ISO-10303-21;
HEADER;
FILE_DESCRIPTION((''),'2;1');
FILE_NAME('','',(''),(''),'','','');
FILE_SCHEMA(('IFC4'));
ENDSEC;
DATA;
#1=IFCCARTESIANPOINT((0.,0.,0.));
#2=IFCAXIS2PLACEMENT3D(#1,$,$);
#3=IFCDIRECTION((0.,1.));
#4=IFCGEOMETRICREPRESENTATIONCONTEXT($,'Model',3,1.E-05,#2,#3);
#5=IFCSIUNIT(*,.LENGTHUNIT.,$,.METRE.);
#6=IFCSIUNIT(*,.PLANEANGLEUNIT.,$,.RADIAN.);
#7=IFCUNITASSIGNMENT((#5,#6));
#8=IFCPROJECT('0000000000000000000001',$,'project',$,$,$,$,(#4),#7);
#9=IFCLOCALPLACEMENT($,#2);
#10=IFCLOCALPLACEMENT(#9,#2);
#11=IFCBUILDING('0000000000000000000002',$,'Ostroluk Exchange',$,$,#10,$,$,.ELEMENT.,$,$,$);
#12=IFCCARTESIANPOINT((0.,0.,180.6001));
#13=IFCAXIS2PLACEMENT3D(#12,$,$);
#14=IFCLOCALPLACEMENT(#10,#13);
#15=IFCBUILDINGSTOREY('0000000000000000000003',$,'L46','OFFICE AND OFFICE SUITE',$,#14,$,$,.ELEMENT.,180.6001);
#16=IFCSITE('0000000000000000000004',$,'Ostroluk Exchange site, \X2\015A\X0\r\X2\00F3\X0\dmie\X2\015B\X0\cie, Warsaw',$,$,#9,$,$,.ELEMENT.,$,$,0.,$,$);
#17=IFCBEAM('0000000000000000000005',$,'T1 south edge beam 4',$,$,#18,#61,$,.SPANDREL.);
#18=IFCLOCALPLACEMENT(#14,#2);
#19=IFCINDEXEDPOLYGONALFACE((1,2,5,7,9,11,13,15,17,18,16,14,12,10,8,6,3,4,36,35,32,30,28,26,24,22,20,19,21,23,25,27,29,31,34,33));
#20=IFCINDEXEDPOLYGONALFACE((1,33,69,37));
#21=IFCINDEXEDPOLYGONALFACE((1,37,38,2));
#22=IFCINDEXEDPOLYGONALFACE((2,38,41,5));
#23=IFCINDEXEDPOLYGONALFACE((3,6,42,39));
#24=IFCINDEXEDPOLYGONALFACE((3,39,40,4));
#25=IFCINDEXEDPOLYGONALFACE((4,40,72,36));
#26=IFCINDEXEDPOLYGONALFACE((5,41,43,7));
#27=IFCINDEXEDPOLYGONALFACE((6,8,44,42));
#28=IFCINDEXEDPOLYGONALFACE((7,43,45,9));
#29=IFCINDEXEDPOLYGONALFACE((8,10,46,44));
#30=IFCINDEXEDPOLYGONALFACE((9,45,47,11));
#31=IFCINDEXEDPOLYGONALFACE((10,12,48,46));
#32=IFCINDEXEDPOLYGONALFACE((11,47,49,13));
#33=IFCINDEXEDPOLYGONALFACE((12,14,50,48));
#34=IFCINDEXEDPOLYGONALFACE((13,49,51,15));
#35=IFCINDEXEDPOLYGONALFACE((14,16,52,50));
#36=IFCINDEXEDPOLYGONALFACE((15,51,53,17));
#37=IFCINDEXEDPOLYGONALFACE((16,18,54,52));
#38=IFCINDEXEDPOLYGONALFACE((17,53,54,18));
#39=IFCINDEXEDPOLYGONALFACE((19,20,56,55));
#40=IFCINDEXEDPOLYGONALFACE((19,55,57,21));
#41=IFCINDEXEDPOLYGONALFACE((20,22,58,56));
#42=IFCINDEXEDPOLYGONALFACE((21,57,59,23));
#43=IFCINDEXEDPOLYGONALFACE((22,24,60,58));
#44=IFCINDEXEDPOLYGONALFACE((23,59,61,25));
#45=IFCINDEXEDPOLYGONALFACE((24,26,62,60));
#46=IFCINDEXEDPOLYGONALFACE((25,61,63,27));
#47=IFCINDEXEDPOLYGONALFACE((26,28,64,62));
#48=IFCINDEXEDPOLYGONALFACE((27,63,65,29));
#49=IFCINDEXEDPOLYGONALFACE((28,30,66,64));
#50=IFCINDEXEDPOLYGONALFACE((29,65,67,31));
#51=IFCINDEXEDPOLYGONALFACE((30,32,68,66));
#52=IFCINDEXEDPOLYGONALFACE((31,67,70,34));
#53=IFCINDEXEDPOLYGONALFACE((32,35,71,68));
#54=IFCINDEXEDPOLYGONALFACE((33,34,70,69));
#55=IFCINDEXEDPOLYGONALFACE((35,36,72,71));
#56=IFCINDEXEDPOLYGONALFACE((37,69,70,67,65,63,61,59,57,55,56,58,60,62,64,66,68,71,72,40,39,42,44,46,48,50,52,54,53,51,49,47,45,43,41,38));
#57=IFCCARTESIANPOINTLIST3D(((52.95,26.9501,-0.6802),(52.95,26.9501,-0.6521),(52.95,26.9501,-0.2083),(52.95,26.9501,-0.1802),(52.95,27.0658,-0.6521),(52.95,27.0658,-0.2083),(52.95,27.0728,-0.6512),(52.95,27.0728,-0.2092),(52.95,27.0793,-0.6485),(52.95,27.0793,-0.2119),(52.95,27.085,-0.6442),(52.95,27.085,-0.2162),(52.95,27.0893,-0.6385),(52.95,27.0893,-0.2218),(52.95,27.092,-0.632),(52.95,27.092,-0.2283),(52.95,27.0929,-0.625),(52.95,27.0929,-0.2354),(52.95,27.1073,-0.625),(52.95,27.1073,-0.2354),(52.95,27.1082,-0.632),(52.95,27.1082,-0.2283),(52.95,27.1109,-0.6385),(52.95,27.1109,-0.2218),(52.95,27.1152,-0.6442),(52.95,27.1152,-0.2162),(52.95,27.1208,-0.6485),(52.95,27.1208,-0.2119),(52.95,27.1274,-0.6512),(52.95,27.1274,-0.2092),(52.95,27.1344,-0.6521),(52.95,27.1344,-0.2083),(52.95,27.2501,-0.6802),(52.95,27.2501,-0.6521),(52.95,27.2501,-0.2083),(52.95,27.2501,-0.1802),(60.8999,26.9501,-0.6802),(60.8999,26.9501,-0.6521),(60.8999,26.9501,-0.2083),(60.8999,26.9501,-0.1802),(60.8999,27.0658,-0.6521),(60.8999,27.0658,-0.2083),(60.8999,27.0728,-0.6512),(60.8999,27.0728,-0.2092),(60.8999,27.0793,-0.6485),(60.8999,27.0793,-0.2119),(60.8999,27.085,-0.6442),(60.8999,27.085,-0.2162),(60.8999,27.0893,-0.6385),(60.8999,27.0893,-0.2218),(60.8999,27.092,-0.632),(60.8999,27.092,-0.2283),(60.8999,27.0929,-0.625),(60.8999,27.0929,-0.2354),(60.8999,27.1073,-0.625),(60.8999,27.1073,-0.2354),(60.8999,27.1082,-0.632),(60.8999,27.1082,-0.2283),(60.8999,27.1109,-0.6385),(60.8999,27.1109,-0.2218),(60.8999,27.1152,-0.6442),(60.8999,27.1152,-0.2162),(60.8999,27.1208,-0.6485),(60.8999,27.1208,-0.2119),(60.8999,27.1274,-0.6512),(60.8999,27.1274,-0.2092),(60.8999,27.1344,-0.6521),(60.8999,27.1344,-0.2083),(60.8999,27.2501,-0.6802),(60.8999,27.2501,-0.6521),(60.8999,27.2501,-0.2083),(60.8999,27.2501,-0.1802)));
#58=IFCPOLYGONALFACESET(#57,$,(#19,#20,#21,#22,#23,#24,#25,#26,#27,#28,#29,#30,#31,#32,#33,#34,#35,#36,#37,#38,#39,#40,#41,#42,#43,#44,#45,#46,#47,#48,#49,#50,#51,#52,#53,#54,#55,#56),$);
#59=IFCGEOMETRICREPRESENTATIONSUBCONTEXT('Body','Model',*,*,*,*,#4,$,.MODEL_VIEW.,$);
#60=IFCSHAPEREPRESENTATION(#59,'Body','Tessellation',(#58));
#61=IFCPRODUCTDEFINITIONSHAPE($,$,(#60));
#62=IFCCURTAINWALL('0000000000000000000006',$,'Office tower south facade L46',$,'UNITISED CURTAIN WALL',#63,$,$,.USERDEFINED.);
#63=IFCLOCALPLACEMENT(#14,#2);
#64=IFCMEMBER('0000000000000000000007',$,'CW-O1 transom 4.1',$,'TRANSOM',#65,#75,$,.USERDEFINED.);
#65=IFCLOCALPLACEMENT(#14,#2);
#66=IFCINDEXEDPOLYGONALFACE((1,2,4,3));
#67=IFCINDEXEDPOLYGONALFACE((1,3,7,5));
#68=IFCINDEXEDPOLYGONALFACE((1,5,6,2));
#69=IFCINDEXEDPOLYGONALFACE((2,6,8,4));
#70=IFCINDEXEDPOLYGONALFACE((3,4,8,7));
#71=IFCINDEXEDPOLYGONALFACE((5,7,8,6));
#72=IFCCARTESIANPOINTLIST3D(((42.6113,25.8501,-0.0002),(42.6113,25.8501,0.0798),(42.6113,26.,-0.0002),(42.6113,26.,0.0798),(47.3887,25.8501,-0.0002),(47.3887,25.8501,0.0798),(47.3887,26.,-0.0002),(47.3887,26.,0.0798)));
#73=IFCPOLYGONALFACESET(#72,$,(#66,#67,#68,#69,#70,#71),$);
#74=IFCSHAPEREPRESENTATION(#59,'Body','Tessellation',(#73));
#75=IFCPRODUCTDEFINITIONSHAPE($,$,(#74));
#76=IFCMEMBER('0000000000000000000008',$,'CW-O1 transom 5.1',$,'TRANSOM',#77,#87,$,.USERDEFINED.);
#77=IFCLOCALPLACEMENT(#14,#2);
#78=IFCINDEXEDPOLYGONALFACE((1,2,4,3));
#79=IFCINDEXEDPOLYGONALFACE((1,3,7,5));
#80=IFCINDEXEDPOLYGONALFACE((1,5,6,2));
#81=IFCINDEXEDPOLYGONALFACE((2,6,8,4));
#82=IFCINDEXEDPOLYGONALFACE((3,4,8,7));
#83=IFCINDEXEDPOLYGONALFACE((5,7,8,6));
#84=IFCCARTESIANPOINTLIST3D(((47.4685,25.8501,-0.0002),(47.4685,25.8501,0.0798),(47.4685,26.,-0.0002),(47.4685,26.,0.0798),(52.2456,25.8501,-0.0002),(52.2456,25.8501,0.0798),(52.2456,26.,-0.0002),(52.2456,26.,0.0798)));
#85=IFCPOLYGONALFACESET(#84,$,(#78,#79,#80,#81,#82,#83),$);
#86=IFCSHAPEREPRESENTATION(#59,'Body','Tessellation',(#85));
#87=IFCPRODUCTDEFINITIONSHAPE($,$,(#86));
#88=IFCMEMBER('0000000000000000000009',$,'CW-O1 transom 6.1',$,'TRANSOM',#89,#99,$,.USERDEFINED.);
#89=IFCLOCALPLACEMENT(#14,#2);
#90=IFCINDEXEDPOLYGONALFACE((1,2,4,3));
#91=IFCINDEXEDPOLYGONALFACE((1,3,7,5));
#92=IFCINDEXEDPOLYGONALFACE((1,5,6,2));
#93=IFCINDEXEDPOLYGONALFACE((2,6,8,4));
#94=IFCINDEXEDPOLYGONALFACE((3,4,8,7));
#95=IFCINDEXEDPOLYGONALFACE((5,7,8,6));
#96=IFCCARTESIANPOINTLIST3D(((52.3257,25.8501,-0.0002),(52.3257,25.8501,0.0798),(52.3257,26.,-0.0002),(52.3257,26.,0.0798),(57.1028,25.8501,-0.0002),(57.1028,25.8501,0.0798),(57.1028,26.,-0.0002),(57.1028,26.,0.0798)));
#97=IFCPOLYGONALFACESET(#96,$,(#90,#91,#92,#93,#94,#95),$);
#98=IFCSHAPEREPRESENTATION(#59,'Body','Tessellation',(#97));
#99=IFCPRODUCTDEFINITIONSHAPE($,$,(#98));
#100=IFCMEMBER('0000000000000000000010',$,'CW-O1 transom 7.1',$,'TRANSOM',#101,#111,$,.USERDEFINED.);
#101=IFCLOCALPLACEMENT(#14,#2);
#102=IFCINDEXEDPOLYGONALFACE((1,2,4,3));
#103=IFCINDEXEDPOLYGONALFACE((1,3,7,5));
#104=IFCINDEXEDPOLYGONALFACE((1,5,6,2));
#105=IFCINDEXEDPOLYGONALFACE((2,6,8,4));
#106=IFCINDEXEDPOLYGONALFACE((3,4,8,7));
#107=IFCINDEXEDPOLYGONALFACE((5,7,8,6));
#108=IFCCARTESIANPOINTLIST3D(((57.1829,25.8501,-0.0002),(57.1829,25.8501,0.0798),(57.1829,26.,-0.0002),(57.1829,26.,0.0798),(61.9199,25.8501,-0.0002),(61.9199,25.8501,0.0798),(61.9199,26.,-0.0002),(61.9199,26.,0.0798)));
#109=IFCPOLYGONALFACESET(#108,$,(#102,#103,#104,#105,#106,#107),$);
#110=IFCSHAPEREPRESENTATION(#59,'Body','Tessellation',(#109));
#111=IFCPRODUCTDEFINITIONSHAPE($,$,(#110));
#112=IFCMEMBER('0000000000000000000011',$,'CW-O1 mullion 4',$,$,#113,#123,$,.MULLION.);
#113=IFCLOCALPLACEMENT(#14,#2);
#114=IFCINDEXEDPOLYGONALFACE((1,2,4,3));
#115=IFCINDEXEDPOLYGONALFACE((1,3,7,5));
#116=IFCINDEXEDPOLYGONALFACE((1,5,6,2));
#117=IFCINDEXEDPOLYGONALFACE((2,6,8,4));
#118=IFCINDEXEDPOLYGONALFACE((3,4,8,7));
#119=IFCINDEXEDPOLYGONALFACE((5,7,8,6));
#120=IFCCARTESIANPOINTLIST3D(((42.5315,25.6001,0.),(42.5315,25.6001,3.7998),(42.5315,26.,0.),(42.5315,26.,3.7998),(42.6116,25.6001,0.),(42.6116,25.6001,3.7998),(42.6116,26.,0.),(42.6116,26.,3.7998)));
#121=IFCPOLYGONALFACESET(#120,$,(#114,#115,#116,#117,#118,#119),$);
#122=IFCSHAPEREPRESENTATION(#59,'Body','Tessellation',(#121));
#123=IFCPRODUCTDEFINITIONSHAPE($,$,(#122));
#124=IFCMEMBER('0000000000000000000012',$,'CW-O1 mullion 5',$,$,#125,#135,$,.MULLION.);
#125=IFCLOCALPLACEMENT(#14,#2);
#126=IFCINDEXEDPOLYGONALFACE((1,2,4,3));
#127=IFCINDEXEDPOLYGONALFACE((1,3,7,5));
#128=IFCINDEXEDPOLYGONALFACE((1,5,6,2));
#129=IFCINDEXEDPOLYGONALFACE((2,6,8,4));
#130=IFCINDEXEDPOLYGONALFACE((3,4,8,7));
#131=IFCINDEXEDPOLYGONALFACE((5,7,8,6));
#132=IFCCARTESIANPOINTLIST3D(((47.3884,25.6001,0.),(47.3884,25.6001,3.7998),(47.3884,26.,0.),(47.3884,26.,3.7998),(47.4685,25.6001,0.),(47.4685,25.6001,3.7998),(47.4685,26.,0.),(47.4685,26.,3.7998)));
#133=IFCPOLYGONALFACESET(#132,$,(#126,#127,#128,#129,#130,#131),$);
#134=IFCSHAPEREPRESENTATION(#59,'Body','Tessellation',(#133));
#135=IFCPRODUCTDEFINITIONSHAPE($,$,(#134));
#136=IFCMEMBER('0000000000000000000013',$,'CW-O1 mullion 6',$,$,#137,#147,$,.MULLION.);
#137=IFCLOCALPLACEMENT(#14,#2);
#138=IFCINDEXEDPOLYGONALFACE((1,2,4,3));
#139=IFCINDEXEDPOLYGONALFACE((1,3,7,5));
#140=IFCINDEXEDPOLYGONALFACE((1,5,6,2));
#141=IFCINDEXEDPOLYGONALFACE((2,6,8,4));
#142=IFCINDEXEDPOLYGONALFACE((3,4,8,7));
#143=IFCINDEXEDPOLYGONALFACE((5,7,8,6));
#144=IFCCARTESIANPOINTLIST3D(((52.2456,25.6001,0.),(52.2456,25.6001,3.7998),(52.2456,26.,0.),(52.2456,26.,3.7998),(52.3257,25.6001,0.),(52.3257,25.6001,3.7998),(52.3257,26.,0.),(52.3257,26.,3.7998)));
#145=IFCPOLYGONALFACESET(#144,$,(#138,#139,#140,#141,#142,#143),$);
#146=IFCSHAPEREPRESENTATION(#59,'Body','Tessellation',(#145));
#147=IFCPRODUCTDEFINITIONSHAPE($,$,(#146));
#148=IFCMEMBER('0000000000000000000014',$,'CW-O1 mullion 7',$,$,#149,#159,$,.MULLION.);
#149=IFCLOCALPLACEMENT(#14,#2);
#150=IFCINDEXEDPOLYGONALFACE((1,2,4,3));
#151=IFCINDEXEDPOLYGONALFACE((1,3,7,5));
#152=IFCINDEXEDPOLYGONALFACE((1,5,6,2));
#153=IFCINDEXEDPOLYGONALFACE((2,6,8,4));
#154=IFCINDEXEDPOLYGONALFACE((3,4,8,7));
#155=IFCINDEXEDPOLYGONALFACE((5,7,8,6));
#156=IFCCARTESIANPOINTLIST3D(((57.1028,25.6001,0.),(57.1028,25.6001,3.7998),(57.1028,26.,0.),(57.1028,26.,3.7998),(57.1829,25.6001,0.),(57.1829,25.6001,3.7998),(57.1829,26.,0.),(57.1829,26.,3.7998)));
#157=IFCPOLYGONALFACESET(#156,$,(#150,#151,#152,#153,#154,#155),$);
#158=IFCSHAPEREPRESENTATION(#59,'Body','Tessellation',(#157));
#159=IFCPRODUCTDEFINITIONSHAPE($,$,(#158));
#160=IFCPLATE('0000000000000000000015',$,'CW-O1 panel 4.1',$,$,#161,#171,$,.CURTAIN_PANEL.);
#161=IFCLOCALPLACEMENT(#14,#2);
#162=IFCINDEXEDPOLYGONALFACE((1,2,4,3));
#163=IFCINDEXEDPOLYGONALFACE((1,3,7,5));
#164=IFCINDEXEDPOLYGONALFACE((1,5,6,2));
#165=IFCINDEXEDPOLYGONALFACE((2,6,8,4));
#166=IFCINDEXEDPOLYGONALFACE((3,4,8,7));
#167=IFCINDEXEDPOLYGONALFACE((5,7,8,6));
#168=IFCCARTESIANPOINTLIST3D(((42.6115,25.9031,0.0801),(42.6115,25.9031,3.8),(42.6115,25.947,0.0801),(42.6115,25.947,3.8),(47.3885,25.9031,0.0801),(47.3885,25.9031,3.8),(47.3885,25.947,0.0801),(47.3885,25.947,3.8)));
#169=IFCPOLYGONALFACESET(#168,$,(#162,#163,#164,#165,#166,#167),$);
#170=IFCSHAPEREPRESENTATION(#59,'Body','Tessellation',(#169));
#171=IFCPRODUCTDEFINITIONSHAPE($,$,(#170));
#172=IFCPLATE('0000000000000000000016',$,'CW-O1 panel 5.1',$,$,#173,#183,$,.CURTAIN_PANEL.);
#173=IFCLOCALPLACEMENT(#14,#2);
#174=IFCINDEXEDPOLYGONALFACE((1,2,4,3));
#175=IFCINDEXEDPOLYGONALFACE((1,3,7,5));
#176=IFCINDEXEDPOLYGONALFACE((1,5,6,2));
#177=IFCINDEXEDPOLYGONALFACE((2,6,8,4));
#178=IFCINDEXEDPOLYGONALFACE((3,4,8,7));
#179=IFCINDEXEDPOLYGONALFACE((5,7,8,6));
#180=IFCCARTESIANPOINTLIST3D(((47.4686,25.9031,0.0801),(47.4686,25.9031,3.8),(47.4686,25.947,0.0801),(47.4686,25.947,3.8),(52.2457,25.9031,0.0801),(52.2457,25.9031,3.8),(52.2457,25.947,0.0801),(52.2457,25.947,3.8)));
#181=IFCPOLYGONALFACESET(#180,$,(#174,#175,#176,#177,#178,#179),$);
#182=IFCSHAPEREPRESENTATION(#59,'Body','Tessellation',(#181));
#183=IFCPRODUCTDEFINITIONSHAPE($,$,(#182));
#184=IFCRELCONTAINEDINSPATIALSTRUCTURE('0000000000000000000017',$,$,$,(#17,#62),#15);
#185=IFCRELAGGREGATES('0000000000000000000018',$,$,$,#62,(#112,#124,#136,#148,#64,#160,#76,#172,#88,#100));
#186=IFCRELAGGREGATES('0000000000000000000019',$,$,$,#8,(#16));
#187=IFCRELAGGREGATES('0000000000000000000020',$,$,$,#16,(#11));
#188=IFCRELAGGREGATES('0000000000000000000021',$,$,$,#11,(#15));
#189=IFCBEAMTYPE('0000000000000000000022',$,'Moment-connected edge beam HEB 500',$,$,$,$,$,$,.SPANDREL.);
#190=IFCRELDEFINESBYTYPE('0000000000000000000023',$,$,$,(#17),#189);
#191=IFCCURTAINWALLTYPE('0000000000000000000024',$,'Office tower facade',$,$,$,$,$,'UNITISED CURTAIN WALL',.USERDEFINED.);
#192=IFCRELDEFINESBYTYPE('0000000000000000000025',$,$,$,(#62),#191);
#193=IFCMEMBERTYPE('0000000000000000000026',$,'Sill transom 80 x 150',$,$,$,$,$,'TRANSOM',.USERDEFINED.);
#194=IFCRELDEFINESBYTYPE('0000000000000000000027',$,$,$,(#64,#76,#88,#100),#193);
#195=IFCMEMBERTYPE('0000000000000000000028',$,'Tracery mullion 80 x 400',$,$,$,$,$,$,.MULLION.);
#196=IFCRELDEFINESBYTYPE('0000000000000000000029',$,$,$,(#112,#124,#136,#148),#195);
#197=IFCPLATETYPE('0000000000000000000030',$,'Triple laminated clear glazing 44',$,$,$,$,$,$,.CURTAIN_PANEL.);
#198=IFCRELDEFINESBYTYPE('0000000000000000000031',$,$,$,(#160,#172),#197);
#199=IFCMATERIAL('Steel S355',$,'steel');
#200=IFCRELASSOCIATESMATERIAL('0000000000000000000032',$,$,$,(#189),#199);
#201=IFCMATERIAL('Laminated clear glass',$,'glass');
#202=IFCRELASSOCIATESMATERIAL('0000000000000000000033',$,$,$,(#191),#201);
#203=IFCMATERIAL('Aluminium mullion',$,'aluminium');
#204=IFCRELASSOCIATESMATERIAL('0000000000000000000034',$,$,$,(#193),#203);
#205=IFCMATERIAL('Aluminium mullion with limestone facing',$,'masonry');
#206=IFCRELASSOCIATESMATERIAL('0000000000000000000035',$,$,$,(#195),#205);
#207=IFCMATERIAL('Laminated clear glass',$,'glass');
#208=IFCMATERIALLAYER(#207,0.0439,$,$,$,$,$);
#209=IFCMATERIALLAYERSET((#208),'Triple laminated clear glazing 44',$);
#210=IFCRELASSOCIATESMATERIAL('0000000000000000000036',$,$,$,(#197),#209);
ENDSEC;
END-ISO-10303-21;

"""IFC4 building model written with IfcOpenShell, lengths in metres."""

from ifc_helpers import new_model, si_unit, direction, frame, origin, origin_2d, place, context, subcontext, project, spatial, rectangle, i_section, extrude, material, layer, layer_set, material_profile, profile_set, type_object, element, aggregate, save


model = new_model("IFC4")

# Units and contexts
model_context = context("Model", 3, precision=1e-05, world=origin(), true_north=direction((0.0, 1.0)))
body_context = subcontext(model_context, "Body", "Model", "MODEL_VIEW")
ifc_project = project(units=[si_unit("LENGTHUNIT", "METRE"), si_unit("PLANEANGLEUNIT", "RADIAN")], contexts=[model_context])

# Site, building, storey
site_placement = place(None, origin())
site = spatial("IfcSite", under=ifc_project, at=site_placement, Name="Ostroluk Exchange site, Śródmieście, Warsaw", CompositionType="ELEMENT", RefElevation=0.0)
building_placement = place(site_placement, origin())
building = spatial("IfcBuilding", under=site, at=building_placement, Name="Ostroluk Exchange", CompositionType="ELEMENT")
storey_placement = place(building_placement, frame((0.0, 0.0, 180.6001)))
storey = spatial("IfcBuildingStorey", under=building, at=storey_placement, Name="L46", Description="OFFICE AND OFFICE SUITE", CompositionType="ELEMENT", Elevation=180.6001)

# Beam
ifc_material_1 = material(Name="Steel S355", Category="steel")
ifc_material_profile_1 = material_profile(ifc_material_1, i_section(OverallWidth=0.3, OverallDepth=0.5, WebThickness=0.0144, FlangeThickness=0.0281, FilletRadius=0.0271, at=origin_2d()), Name="HEB 500")
ifc_profile_set_1 = profile_set([ifc_material_profile_1], Name="Steel S355")
beam_type = type_object("IfcBeamType", Name="Moment-connected edge beam HEB 500", PredefinedType="SPANDREL", material=ifc_profile_set_1)
for number, where, z_axis, x_axis, name in (
    (1, (52.95, 27.1001, -0.4302), (1.0, 0.0, 0.0), (0.0, 1.0, 0.0), "T1 south edge beam 4"),
):
    element("IfcBeam", number, at=place(storey_placement, frame(where, z_axis=z_axis, x_axis=x_axis)), inside=storey, type_object=beam_type, Name=name, PredefinedType="SPANDREL", context=body_context, shape_type="SweptSolid", body=[
        extrude(i_section(OverallWidth=0.3, OverallDepth=0.5, WebThickness=0.0144, FlangeThickness=0.0281, FilletRadius=0.0271, at=origin_2d()), origin(), (0.0, 0.0, 1.0), 7.95),
    ])

# Curtain wall, members, plates
ifc_material_2 = material(Name="Laminated clear glass", Category="glass")
curtain_wall_type = type_object("IfcCurtainWallType", Name="Office tower facade", ElementType="UNITISED CURTAIN WALL", PredefinedType="USERDEFINED", material=ifc_material_2)
curtain_wall_placement = place(storey_placement, origin())
curtain_wall = element("IfcCurtainWall", 2, at=curtain_wall_placement, inside=storey, type_object=curtain_wall_type, Name="Office tower south facade L46", ObjectType="UNITISED CURTAIN WALL", PredefinedType="USERDEFINED")
ifc_material_3 = material(Name="Aluminium mullion", Category="aluminium")
ifc_material_profile_2 = material_profile(ifc_material_3, rectangle(XDim=0.1499, YDim=0.0801, at=origin_2d()), Name="Sill transom 80 x 150")
ifc_profile_set_2 = profile_set([ifc_material_profile_2], Name="Aluminium mullion")
member_type_1 = type_object("IfcMemberType", Name="Sill transom 80 x 150", ElementType="TRANSOM", PredefinedType="USERDEFINED", material=ifc_profile_set_2)
member_1_placement = place(storey_placement, frame((42.6113, 25.925, 0.0398), z_axis=(1.0, 0.0, 0.0), x_axis=(0.0, 1.0, 0.0)))
member_1 = element("IfcMember", 3, at=member_1_placement, type_object=member_type_1, Name="CW-O1 transom 4.1", ObjectType="TRANSOM", PredefinedType="USERDEFINED", context=body_context, shape_type="SweptSolid", body=[
    extrude(rectangle(XDim=0.1499, YDim=0.0801, at=origin_2d()), origin(), (0.0, 0.0, 1.0), 4.7773),
])
member_2_placement = place(storey_placement, frame((47.4685, 25.925, 0.0398), z_axis=(1.0, 0.0, 0.0), x_axis=(0.0, 1.0, 0.0)))
member_2 = element("IfcMember", 4, at=member_2_placement, type_object=member_type_1, Name="CW-O1 transom 5.1", ObjectType="TRANSOM", PredefinedType="USERDEFINED", context=body_context, shape_type="SweptSolid", body=[
    extrude(rectangle(XDim=0.1499, YDim=0.0801, at=origin_2d()), origin(), (0.0, 0.0, 1.0), 4.7771),
])
member_3_placement = place(storey_placement, frame((52.3257, 25.925, 0.0398), z_axis=(1.0, 0.0, 0.0), x_axis=(0.0, 1.0, 0.0)))
member_3 = element("IfcMember", 5, at=member_3_placement, type_object=member_type_1, Name="CW-O1 transom 6.1", ObjectType="TRANSOM", PredefinedType="USERDEFINED", context=body_context, shape_type="SweptSolid", body=[
    extrude(rectangle(XDim=0.1499, YDim=0.0801, at=origin_2d()), origin(), (0.0, 0.0, 1.0), 4.7771),
])
member_4_placement = place(storey_placement, frame((57.1829, 25.925, 0.0398), z_axis=(1.0, 0.0, 0.0), x_axis=(0.0, 1.0, 0.0)))
member_4 = element("IfcMember", 6, at=member_4_placement, type_object=member_type_1, Name="CW-O1 transom 7.1", ObjectType="TRANSOM", PredefinedType="USERDEFINED", context=body_context, shape_type="SweptSolid", body=[
    extrude(rectangle(XDim=0.1499, YDim=0.0801, at=origin_2d()), origin(), (0.0, 0.0, 1.0), 4.7371),
])
ifc_material_4 = material(Name="Aluminium mullion with limestone facing", Category="masonry")
ifc_material_profile_3 = material_profile(ifc_material_4, rectangle(XDim=0.3999, YDim=0.0801, at=origin_2d()), Name="Tracery mullion 80 x 400")
ifc_profile_set_3 = profile_set([ifc_material_profile_3], Name="Aluminium mullion with limestone facing")
member_type_2 = type_object("IfcMemberType", Name="Tracery mullion 80 x 400", PredefinedType="MULLION", material=ifc_profile_set_3)
member_5_placement = place(storey_placement, frame((42.5715, 25.8, 0.0), z_axis=(0.0, 0.0, 1.0), x_axis=(0.0, 1.0, 0.0)))
member_5 = element("IfcMember", 7, at=member_5_placement, type_object=member_type_2, Name="CW-O1 mullion 4", PredefinedType="MULLION", context=body_context, shape_type="SweptSolid", body=[
    extrude(rectangle(XDim=0.3999, YDim=0.0801, at=origin_2d()), origin(), (0.0, 0.0, 1.0), 3.7998),
])
member_6_placement = place(storey_placement, frame((47.4285, 25.8, 0.0), z_axis=(0.0, 0.0, 1.0), x_axis=(0.0, 1.0, 0.0)))
member_6 = element("IfcMember", 8, at=member_6_placement, type_object=member_type_2, Name="CW-O1 mullion 5", PredefinedType="MULLION", context=body_context, shape_type="SweptSolid", body=[
    extrude(rectangle(XDim=0.3999, YDim=0.0801, at=origin_2d()), origin(), (0.0, 0.0, 1.0), 3.7998),
])
member_7_placement = place(storey_placement, frame((52.2856, 25.8, 0.0), z_axis=(0.0, 0.0, 1.0), x_axis=(0.0, 1.0, 0.0)))
member_7 = element("IfcMember", 9, at=member_7_placement, type_object=member_type_2, Name="CW-O1 mullion 6", PredefinedType="MULLION", context=body_context, shape_type="SweptSolid", body=[
    extrude(rectangle(XDim=0.3999, YDim=0.0801, at=origin_2d()), origin(), (0.0, 0.0, 1.0), 3.7998),
])
member_8_placement = place(storey_placement, frame((57.1428, 25.8, 0.0), z_axis=(0.0, 0.0, 1.0), x_axis=(0.0, 1.0, 0.0)))
member_8 = element("IfcMember", 10, at=member_8_placement, type_object=member_type_2, Name="CW-O1 mullion 7", PredefinedType="MULLION", context=body_context, shape_type="SweptSolid", body=[
    extrude(rectangle(XDim=0.3999, YDim=0.0801, at=origin_2d()), origin(), (0.0, 0.0, 1.0), 3.7998),
])
ifc_material_5 = material(Name="Laminated clear glass", Category="glass")
ifc_layer_1 = layer(ifc_material_5, 0.0439)
ifc_layer_set_1 = layer_set([ifc_layer_1], Name="Triple laminated clear glazing 44")
plate_type = type_object("IfcPlateType", Name="Triple laminated clear glazing 44", PredefinedType="CURTAIN_PANEL", material=ifc_layer_set_1)
plate_1_placement = place(storey_placement, frame((45.0, 25.925, 0.0801), z_axis=(0.0, 0.0, 1.0), x_axis=(1.0, 0.0, 0.0)))
plate_1 = element("IfcPlate", 11, at=plate_1_placement, type_object=plate_type, Name="CW-O1 panel 4.1", PredefinedType="CURTAIN_PANEL", context=body_context, shape_type="SweptSolid", body=[
    extrude(rectangle(XDim=4.7771, YDim=0.0439, at=origin_2d()), origin(), (0.0, 0.0, 1.0), 3.72),
])
plate_2_placement = place(storey_placement, frame((49.8572, 25.925, 0.0801), z_axis=(0.0, 0.0, 1.0), x_axis=(1.0, 0.0, 0.0)))
plate_2 = element("IfcPlate", 12, at=plate_2_placement, type_object=plate_type, Name="CW-O1 panel 5.1", PredefinedType="CURTAIN_PANEL", context=body_context, shape_type="SweptSolid", body=[
    extrude(rectangle(XDim=4.7771, YDim=0.0439, at=origin_2d()), origin(), (0.0, 0.0, 1.0), 3.72),
])
aggregate(curtain_wall, [member_5, member_6, member_7, member_8, member_1, plate_1, member_2, plate_2, member_3, member_4])

save(model, "model.ifc")
